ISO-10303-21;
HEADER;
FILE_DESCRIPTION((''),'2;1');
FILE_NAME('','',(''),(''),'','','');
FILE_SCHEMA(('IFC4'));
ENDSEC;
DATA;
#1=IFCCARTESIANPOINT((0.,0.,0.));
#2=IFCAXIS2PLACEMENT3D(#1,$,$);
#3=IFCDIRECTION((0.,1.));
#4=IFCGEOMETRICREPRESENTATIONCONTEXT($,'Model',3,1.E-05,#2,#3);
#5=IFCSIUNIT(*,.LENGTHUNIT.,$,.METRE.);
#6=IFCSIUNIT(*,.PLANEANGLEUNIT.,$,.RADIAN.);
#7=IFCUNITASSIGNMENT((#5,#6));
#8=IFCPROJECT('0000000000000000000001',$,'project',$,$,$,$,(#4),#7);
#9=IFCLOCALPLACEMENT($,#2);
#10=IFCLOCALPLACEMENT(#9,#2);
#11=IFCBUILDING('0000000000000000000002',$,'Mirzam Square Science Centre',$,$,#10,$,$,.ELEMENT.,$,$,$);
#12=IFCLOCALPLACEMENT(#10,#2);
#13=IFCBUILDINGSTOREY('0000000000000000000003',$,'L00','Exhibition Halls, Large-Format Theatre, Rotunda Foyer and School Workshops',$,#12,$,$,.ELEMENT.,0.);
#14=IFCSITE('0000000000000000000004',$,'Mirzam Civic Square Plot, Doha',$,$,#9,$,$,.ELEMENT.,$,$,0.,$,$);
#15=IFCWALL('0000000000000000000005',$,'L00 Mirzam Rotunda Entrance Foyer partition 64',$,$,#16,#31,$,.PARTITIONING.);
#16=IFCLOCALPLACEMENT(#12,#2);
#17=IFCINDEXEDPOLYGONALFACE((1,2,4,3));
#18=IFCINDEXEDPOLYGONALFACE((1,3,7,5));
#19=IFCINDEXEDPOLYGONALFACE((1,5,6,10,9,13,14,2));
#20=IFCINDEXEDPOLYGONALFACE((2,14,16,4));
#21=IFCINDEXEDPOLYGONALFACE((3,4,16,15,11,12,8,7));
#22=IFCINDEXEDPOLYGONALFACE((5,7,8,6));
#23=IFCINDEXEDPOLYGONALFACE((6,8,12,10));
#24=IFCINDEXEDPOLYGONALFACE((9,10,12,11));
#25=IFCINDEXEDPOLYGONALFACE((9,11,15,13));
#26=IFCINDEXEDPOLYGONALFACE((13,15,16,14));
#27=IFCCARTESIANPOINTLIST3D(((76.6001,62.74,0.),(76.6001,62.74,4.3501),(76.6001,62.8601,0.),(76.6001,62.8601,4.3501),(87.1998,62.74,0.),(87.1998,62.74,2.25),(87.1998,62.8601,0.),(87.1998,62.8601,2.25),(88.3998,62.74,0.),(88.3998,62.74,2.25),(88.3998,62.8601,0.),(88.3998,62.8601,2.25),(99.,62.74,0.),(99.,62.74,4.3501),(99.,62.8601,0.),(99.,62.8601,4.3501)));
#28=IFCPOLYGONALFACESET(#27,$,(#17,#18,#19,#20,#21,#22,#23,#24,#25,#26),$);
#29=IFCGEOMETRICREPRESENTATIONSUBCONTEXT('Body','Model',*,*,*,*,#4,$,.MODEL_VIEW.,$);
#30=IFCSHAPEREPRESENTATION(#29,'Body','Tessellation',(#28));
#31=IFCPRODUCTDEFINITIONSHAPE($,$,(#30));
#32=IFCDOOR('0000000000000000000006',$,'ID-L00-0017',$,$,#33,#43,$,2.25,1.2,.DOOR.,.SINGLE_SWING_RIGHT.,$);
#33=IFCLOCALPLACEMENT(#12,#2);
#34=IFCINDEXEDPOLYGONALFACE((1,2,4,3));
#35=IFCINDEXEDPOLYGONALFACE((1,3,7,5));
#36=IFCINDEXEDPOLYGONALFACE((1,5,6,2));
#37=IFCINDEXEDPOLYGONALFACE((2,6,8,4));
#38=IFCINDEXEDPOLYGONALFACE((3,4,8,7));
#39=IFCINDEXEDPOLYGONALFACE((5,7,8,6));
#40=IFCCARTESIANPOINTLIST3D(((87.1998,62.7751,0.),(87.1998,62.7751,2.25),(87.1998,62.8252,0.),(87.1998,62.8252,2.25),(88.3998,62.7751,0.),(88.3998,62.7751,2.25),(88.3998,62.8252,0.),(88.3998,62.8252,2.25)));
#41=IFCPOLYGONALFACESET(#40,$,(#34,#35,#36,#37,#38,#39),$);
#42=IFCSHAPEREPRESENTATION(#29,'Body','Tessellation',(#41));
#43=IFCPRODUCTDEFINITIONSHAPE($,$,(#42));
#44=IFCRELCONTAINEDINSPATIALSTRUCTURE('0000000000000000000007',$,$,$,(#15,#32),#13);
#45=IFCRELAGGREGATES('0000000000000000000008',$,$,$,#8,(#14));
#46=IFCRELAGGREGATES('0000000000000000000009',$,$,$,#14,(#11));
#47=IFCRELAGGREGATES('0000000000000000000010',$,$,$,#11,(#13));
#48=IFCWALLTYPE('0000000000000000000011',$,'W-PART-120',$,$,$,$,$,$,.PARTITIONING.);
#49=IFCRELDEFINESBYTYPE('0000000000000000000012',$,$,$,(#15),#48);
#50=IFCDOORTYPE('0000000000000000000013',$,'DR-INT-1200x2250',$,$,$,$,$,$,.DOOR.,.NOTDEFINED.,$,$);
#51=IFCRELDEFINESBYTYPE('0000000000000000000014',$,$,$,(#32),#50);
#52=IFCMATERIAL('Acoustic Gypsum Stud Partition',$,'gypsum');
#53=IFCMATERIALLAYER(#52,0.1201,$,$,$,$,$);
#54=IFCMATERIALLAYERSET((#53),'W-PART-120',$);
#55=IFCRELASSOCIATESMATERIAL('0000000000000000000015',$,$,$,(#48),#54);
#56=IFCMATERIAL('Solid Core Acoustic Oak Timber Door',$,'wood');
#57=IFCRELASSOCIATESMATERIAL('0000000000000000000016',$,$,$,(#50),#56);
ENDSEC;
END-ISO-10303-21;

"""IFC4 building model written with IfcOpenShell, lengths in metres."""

from ifc_helpers import new_model, si_unit, direction, frame, frame_2d, origin, place, context, subcontext, project, spatial, rectangle, extrude, material, layer, layer_set, type_object, element, fill, save


model = new_model("IFC4")

# Units and contexts
model_context = context("Model", 3, precision=1e-05, world=origin(), true_north=direction((0.0, 1.0)))
body_context = subcontext(model_context, "Body", "Model", "MODEL_VIEW")
ifc_project = project(units=[si_unit("LENGTHUNIT", "METRE"), si_unit("PLANEANGLEUNIT", "RADIAN")], contexts=[model_context])

# Site, building, storey
site_placement = place(None, origin())
site = spatial("IfcSite", under=ifc_project, at=site_placement, Name="Mirzam Civic Square Plot, Doha", CompositionType="ELEMENT", RefElevation=0.0)
building_placement = place(site_placement, origin())
building = spatial("IfcBuilding", under=site, at=building_placement, Name="Mirzam Square Science Centre", CompositionType="ELEMENT")
storey_placement = place(building_placement, origin())
storey = spatial("IfcBuildingStorey", under=building, at=storey_placement, Name="L00", Description="Exhibition Halls, Large-Format Theatre, Rotunda Foyer and School Workshops", CompositionType="ELEMENT", Elevation=0.0)

# Wall, opening, door
ifc_material_1 = material(Name="Acoustic Gypsum Stud Partition", Category="gypsum")
ifc_layer_1 = layer(ifc_material_1, 0.1201)
ifc_layer_set_1 = layer_set([ifc_layer_1], Name="W-PART-120")
wall_type_1 = type_object("IfcWallType", Name="W-PART-120", PredefinedType="PARTITIONING", material=ifc_layer_set_1)
wall_1_placement = place(storey_placement, frame((99.0, 62.8, 0.0), z_axis=(0.0, 0.0, 1.0), x_axis=(-1.0, 0.0, 0.0)))
wall_1 = element("IfcWall", 1, at=wall_1_placement, inside=storey, type_object=wall_type_1, Name="L00 Mirzam Rotunda Entrance Foyer partition 64", PredefinedType="PARTITIONING", context=body_context, shape_type="SweptSolid", body=[
    extrude(rectangle(XDim=22.3999, YDim=0.1201, at=frame_2d((11.2, 0.0))), origin(), (0.0, 0.0, 1.0), 4.3501),
])
opening_placement = place(wall_1_placement, frame((10.6001, 0.0, 0.0)))
opening = element("IfcOpeningElement", 2, at=opening_placement, cuts=wall_1, PredefinedType="OPENING", context=body_context, shape_type="SweptSolid", body=[
    extrude(rectangle(XDim=1.2, YDim=2.25, at=frame_2d((0.6001, 1.125))), frame((0.0, 0.0701, 0.0), z_axis=(0.0, -1.0, 0.0), x_axis=(1.0, 0.0, 0.0)), (0.0, 0.0, 1.0), 0.1401),
])
ifc_material_2 = material(Name="Solid Core Acoustic Oak Timber Door", Category="wood")
door_type = type_object("IfcDoorType", Name="DR-INT-1200x2250", OperationType="NOTDEFINED", PredefinedType="DOOR", material=ifc_material_2)
door_placement = place(opening_placement, origin())
door = element("IfcDoor", 3, at=door_placement, inside=storey, type_object=door_type, Name="ID-L00-0017", OperationType="SINGLE_SWING_RIGHT", OverallHeight=2.25, OverallWidth=1.2, PredefinedType="DOOR", context=body_context, shape_type="SweptSolid", body=[
    extrude(rectangle(XDim=1.2, YDim=2.25, at=frame_2d((0.6001, 1.125))), frame((0.0, 0.0249, 0.0), z_axis=(0.0, -1.0, 0.0), x_axis=(1.0, 0.0, 0.0)), (0.0, 0.0, 1.0), 0.05),
])
fill(opening, door)

save(model, "model.ifc")
